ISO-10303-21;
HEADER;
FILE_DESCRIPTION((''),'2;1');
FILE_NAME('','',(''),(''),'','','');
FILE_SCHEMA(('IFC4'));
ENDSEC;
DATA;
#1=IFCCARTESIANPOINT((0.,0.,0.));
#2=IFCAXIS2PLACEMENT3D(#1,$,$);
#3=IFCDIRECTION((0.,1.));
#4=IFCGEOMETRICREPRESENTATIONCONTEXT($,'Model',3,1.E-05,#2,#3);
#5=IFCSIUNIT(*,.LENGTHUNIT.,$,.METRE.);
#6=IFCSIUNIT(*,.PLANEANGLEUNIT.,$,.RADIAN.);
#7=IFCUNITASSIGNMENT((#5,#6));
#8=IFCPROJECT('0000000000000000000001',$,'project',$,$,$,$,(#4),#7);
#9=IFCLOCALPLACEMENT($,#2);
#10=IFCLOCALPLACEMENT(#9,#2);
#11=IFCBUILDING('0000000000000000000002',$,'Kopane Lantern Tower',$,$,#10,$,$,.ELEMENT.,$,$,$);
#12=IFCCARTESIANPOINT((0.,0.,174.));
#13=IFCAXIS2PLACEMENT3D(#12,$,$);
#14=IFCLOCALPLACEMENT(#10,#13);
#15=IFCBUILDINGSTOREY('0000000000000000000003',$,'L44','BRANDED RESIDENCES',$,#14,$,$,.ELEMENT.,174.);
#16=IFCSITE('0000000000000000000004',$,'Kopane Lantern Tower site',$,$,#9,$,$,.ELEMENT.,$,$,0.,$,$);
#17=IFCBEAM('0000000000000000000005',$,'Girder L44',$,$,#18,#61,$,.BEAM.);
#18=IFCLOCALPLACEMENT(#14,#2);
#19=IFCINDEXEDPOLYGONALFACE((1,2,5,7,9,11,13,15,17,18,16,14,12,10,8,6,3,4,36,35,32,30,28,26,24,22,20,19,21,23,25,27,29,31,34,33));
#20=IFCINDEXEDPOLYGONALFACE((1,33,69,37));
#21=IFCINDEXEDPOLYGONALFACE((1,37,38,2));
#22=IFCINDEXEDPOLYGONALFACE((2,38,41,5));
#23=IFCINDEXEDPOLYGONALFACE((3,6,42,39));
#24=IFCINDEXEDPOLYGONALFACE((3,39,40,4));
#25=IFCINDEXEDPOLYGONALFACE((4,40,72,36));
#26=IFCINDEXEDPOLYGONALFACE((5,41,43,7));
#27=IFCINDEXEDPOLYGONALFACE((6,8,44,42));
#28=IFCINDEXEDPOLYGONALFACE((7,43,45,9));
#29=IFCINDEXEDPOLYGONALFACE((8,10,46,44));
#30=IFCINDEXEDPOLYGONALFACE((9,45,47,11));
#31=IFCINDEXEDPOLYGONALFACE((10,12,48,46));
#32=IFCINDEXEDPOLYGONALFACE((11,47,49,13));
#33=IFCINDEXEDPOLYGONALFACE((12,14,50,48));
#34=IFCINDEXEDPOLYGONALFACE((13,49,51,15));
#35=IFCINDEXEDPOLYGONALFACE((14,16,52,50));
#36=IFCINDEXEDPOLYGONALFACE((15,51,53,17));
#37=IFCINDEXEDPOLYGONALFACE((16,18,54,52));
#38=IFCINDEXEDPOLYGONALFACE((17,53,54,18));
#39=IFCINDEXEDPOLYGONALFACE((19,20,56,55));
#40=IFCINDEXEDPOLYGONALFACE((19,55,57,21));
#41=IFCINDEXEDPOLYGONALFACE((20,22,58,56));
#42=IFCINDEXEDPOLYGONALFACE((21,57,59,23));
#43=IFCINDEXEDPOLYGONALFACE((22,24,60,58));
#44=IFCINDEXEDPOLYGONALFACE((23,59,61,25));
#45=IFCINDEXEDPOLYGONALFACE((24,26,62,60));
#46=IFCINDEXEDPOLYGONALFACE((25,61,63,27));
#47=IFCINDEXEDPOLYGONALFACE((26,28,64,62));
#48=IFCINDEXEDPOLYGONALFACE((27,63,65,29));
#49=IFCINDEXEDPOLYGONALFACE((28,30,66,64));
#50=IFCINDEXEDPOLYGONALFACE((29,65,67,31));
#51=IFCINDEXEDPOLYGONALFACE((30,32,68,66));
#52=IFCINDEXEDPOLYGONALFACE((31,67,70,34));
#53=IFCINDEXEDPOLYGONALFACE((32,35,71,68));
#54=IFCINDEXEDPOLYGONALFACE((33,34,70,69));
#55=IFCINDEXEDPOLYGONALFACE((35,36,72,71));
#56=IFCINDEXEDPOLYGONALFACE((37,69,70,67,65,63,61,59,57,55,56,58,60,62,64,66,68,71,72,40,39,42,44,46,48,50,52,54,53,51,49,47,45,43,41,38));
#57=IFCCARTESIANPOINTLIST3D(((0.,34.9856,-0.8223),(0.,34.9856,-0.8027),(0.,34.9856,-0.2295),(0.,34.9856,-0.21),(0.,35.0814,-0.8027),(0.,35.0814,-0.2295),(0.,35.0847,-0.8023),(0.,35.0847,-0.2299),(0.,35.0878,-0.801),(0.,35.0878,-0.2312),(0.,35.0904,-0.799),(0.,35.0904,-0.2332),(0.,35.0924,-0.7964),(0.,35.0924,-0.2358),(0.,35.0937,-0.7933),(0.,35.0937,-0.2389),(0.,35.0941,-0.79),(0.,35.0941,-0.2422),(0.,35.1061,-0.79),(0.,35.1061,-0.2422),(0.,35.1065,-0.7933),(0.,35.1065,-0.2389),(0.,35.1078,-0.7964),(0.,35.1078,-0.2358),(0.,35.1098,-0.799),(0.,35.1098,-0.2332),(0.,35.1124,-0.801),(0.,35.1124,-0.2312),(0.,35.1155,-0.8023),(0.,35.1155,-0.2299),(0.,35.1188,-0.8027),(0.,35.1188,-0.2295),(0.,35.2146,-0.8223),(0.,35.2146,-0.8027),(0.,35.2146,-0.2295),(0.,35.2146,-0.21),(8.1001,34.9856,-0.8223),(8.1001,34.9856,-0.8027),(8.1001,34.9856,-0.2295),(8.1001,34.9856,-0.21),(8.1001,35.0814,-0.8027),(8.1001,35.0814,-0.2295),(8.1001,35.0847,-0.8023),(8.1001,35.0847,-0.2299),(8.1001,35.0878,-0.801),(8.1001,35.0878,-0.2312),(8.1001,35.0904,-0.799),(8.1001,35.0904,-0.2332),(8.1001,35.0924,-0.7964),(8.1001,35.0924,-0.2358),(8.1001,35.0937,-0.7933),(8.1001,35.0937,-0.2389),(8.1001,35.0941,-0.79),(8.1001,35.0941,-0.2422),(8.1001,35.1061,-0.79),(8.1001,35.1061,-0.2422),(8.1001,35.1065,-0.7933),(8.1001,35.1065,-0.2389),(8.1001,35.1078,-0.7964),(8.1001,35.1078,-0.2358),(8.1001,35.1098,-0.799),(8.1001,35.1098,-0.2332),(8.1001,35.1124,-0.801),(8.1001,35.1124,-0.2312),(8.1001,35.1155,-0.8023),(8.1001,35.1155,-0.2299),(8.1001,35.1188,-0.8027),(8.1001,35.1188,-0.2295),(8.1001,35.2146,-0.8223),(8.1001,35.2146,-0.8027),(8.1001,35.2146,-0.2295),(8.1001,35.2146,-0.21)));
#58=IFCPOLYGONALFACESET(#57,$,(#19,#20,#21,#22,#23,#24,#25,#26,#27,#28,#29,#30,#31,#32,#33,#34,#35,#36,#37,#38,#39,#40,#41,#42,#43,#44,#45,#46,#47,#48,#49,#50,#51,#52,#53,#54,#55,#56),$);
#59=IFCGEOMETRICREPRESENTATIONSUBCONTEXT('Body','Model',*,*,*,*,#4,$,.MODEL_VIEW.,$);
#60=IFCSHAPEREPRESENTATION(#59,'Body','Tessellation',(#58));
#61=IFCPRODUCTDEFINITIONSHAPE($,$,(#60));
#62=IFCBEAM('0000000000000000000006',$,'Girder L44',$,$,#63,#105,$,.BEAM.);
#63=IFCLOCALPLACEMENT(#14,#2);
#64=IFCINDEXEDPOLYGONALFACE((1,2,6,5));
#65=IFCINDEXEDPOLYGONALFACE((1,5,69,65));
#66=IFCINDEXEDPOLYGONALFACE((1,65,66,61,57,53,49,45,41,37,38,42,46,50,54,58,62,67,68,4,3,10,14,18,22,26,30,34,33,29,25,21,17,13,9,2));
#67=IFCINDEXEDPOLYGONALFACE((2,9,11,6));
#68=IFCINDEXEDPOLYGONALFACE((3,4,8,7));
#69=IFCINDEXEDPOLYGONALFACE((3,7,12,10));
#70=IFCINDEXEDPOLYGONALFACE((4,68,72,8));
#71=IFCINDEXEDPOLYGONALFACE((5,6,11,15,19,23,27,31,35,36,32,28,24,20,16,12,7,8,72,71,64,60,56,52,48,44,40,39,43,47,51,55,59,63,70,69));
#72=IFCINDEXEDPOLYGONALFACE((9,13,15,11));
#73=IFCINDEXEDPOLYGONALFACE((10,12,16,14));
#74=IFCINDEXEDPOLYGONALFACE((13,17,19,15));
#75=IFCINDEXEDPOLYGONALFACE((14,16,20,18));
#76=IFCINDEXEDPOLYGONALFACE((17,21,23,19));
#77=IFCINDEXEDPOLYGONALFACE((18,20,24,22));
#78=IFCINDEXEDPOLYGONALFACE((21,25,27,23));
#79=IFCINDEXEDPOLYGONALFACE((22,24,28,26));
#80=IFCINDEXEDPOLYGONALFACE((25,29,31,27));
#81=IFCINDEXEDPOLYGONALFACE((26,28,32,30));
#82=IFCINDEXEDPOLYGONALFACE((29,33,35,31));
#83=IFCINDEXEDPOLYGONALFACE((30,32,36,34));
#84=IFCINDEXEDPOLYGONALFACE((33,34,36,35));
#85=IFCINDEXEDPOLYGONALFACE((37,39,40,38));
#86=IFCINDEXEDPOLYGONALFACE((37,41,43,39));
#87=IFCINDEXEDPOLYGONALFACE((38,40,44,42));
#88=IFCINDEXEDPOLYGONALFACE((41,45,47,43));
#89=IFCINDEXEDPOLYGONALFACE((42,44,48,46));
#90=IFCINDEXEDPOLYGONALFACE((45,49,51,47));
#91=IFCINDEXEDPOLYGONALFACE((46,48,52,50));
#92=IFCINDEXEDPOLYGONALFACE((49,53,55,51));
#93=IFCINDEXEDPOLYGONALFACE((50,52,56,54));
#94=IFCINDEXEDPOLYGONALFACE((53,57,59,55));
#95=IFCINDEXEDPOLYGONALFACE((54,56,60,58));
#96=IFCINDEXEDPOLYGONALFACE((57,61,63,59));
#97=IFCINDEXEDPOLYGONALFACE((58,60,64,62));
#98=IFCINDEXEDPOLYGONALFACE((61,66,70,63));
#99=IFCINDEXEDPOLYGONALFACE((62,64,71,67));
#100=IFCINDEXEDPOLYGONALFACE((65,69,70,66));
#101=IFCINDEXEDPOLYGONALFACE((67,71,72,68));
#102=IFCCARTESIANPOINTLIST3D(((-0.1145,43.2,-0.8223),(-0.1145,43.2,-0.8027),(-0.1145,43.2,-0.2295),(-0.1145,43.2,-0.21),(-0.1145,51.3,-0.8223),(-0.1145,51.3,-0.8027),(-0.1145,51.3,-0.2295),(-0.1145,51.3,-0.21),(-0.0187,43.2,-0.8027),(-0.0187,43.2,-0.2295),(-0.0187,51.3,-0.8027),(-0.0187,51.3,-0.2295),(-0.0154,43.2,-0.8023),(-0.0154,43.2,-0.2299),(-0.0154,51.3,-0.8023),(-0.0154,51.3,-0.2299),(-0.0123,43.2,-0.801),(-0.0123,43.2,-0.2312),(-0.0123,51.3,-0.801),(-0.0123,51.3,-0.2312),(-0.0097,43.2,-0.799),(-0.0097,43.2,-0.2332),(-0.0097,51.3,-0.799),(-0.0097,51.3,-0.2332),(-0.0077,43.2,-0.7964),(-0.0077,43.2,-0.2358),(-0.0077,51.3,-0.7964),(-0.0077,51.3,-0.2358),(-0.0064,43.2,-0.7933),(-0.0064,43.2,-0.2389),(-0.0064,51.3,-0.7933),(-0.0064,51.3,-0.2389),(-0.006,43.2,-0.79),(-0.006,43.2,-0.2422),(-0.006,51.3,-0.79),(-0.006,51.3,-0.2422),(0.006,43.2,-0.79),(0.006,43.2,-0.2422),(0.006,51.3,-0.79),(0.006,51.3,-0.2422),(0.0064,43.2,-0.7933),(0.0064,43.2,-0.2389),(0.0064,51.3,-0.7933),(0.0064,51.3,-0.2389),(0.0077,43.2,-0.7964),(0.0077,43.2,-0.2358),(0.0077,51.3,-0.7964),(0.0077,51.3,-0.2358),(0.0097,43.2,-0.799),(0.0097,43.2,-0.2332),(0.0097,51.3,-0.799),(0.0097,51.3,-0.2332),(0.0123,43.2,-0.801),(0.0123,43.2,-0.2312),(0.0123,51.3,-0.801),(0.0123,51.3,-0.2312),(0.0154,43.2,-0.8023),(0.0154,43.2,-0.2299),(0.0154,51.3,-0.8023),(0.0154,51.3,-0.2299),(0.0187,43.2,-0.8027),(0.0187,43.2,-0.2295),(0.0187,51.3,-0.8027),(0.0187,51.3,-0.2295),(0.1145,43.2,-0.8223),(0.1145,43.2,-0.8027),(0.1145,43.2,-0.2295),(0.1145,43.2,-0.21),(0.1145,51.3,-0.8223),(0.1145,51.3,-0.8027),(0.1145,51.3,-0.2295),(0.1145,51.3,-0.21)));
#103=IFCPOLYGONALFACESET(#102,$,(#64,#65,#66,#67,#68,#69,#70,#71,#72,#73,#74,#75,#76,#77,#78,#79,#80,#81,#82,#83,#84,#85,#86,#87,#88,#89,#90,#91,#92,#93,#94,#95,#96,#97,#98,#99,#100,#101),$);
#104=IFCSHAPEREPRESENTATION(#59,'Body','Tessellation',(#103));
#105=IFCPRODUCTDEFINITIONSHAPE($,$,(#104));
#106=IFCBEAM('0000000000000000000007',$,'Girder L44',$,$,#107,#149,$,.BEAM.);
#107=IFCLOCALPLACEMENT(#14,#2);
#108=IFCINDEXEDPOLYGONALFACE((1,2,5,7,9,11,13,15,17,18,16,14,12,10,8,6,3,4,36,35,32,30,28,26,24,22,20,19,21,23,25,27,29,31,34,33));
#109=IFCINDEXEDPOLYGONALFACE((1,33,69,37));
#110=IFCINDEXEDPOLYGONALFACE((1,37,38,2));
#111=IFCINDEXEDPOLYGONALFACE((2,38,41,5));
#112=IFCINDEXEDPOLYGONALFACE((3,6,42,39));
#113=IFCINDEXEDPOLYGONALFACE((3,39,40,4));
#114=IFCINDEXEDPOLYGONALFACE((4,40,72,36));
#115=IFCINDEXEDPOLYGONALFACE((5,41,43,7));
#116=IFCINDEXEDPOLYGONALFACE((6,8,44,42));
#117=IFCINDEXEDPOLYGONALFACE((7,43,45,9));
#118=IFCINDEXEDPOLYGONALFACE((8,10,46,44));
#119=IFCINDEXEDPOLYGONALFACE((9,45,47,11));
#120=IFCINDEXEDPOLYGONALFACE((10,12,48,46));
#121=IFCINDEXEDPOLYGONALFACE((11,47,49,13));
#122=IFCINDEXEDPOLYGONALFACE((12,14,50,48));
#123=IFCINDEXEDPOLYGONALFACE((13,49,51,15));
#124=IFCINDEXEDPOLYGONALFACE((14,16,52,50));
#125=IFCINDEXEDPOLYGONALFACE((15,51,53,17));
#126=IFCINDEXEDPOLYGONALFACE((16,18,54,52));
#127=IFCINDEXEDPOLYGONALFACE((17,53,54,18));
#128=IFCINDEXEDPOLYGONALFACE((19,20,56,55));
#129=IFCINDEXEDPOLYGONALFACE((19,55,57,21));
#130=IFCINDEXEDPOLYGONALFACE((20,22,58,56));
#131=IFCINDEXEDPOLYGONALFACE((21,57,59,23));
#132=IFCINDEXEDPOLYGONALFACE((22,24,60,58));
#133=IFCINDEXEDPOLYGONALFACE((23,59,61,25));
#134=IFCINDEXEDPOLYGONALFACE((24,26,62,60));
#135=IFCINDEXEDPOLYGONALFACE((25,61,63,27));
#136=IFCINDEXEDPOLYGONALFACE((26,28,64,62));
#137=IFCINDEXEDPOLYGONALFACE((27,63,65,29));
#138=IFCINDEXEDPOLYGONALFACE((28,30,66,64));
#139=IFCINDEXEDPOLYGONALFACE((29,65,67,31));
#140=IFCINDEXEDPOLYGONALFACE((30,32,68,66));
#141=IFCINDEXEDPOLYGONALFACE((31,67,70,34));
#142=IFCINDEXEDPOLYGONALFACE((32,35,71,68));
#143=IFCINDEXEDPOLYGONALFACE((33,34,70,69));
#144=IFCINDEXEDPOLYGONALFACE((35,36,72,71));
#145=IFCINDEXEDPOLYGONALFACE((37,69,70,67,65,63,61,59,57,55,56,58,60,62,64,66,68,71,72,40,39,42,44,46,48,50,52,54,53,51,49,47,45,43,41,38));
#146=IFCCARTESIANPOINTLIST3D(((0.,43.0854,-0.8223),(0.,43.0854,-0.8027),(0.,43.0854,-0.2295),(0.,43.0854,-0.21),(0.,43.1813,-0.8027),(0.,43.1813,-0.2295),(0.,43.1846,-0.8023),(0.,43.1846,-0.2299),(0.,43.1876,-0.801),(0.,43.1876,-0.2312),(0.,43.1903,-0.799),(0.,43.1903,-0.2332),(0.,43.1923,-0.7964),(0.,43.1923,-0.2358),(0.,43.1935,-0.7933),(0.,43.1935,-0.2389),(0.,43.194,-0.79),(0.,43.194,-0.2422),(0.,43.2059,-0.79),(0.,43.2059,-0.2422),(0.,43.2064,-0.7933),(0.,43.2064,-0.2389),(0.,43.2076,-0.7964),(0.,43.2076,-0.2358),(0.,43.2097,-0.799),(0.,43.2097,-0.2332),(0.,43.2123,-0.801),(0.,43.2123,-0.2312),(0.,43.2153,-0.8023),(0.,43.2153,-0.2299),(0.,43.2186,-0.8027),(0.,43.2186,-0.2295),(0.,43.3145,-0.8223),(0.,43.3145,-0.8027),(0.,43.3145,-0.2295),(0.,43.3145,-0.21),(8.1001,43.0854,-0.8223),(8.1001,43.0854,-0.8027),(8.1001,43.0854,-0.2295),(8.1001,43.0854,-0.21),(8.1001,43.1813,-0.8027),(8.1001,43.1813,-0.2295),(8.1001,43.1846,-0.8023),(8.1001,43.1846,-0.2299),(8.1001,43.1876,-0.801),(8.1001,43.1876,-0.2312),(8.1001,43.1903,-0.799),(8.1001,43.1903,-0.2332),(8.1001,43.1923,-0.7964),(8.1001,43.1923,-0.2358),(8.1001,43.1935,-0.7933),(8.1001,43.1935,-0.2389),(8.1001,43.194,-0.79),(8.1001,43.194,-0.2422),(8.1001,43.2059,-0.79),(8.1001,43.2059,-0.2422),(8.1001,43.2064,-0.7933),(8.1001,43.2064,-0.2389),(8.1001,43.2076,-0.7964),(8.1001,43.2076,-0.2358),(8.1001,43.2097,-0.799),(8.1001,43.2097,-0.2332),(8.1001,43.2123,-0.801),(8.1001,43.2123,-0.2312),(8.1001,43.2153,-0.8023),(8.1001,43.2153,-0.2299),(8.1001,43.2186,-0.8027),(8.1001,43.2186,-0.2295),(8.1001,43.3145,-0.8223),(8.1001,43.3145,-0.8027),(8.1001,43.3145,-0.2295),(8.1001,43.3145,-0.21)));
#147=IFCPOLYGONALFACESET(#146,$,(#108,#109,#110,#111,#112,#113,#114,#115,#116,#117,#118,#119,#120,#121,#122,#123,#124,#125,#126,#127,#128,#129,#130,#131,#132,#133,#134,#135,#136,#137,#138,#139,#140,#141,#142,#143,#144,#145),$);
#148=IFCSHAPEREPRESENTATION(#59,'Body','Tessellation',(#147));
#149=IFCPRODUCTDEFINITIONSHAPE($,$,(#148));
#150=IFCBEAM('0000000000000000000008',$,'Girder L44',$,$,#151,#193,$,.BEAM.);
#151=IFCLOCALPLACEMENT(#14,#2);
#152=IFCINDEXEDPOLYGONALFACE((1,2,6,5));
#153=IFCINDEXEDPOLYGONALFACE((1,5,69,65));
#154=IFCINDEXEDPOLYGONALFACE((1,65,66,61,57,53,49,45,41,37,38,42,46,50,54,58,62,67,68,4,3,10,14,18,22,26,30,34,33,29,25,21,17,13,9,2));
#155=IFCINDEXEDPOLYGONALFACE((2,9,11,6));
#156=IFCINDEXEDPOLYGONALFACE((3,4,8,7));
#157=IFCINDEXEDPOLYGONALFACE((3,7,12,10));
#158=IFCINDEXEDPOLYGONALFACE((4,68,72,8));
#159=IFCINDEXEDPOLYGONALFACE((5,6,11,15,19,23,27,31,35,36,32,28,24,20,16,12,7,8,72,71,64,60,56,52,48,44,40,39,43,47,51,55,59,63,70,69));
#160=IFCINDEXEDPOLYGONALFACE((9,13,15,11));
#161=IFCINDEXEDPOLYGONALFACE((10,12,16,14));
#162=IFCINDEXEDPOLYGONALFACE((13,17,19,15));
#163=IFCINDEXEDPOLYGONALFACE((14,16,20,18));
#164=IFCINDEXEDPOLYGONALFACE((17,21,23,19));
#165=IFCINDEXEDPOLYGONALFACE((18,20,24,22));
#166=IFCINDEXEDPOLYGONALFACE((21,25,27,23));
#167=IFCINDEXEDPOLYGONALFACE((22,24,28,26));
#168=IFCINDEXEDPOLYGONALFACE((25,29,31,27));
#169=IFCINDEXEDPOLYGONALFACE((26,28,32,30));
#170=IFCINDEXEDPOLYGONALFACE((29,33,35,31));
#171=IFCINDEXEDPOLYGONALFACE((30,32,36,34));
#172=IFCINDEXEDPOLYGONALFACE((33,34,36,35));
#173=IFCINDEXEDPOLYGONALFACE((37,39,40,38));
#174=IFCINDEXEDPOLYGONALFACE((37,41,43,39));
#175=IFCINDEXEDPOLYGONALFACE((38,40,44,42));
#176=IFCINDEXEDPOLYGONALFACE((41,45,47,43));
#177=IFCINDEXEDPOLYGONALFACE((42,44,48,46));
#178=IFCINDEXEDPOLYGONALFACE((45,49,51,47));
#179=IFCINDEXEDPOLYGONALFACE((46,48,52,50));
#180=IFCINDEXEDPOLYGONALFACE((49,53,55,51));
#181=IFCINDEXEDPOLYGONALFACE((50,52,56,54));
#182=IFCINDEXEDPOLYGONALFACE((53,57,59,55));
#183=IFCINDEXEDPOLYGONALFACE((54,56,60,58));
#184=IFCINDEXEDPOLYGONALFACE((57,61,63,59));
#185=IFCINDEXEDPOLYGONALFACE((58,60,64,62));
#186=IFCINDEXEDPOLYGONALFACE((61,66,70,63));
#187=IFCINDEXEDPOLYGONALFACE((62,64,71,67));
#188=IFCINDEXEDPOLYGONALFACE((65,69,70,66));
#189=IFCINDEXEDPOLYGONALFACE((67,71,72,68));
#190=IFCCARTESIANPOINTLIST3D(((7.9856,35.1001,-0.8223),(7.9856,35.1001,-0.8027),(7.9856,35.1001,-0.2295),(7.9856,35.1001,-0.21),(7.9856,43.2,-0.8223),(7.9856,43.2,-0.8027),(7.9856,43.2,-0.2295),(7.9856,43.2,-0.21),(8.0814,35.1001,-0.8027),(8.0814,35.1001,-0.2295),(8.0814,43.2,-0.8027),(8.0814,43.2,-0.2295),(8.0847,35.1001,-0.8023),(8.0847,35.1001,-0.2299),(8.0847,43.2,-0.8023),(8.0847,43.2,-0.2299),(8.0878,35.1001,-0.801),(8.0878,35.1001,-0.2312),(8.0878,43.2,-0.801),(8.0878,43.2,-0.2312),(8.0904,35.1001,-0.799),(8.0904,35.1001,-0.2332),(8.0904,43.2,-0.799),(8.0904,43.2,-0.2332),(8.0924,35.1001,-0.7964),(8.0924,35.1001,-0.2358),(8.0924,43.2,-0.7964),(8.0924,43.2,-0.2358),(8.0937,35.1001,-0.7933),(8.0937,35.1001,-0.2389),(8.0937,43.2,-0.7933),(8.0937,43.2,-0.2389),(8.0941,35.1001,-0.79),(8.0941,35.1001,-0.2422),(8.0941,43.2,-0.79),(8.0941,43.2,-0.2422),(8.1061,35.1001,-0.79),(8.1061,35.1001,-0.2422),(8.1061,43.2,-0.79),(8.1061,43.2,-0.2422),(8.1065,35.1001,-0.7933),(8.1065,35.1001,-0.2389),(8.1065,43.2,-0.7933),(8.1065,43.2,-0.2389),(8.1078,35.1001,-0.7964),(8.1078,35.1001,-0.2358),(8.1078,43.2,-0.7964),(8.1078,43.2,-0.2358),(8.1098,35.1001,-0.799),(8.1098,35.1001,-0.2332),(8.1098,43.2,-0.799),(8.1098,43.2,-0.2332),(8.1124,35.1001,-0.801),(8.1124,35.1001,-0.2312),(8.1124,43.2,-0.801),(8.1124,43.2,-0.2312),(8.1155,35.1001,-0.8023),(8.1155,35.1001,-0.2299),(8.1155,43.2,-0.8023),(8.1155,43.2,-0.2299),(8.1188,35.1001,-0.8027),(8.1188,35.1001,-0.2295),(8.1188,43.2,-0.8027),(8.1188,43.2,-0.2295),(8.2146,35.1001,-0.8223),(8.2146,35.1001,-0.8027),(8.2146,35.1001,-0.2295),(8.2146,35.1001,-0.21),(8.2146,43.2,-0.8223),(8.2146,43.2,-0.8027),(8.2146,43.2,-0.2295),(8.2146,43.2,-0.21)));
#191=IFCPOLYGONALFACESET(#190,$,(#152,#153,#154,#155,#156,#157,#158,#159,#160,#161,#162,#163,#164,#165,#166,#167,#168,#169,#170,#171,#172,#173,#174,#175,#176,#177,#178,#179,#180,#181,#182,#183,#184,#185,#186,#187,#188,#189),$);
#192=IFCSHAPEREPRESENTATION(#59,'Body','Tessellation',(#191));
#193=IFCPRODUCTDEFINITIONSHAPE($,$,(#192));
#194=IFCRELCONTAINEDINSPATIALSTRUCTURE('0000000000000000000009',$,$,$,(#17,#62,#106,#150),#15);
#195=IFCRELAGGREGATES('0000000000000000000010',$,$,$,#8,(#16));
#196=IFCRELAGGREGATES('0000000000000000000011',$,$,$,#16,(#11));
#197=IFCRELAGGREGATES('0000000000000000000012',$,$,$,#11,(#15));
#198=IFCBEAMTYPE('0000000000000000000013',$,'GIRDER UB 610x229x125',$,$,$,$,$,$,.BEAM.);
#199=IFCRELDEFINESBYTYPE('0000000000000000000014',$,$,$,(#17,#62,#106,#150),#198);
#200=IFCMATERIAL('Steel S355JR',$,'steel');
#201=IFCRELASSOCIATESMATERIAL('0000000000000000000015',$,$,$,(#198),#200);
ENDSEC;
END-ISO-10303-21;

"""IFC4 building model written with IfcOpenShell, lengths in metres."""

from ifc_helpers import new_model, si_unit, direction, frame, origin, origin_2d, place, context, subcontext, project, spatial, i_section, extrude, material, material_profile, profile_set, type_object, element, save


model = new_model("IFC4")

# Units and contexts
model_context = context("Model", 3, precision=1e-05, world=origin(), true_north=direction((0.0, 1.0)))
body_context = subcontext(model_context, "Body", "Model", "MODEL_VIEW")
ifc_project = project(units=[si_unit("LENGTHUNIT", "METRE"), si_unit("PLANEANGLEUNIT", "RADIAN")], contexts=[model_context])

# Site, building, storey
site_placement = place(None, origin())
site = spatial("IfcSite", under=ifc_project, at=site_placement, Name="Kopane Lantern Tower site", CompositionType="ELEMENT", RefElevation=0.0)
building_placement = place(site_placement, origin())
building = spatial("IfcBuilding", under=site, at=building_placement, Name="Kopane Lantern Tower", CompositionType="ELEMENT")
storey_placement = place(building_placement, frame((0.0, 0.0, 174.0)))
storey = spatial("IfcBuildingStorey", under=building, at=storey_placement, Name="L44", Description="BRANDED RESIDENCES", CompositionType="ELEMENT", Elevation=174.0)

# Beams
ifc_material_1 = material(Name="Steel S355JR", Category="steel")
ifc_material_profile_1 = material_profile(ifc_material_1, i_section(OverallWidth=0.229, OverallDepth=0.6123, WebThickness=0.012, FlangeThickness=0.0195, FilletRadius=0.0127, at=origin_2d()), Name="UB 610x229x125")
ifc_profile_set_1 = profile_set([ifc_material_profile_1], Name="Steel S355JR")
beam_type = type_object("IfcBeamType", Name="GIRDER UB 610x229x125", PredefinedType="BEAM", material=ifc_profile_set_1)
for number, where, z_axis, x_axis, name in (
    (1, (0.0, 35.1001, -0.5161), (1.0, 0.0, 0.0), (0.0, 1.0, 0.0), "Girder L44"),
    (2, (0.0, 43.2, -0.5161), (0.0, 1.0, 0.0), (-1.0, 0.0, 0.0), "Girder L44"),
    (3, (0.0, 43.2, -0.5161), (1.0, 0.0, 0.0), (0.0, 1.0, 0.0), "Girder L44"),
):
    element("IfcBeam", number, at=place(storey_placement, frame(where, z_axis=z_axis, x_axis=x_axis)), inside=storey, type_object=beam_type, Name=name, PredefinedType="BEAM", context=body_context, shape_type="SweptSolid", body=[
        extrude(i_section(OverallWidth=0.229, OverallDepth=0.6123, WebThickness=0.012, FlangeThickness=0.0195, FilletRadius=0.0127, at=origin_2d()), origin(), (0.0, 0.0, 1.0), 8.1001),
    ])
for number, where, z_axis, x_axis, name in (
    (4, (8.1001, 35.1001, -0.5161), (0.0, 1.0, 0.0), (-1.0, 0.0, 0.0), "Girder L44"),
):
    element("IfcBeam", number, at=place(storey_placement, frame(where, z_axis=z_axis, x_axis=x_axis)), inside=storey, type_object=beam_type, Name=name, PredefinedType="BEAM", context=body_context, shape_type="SweptSolid", body=[
        extrude(i_section(OverallWidth=0.229, OverallDepth=0.6123, WebThickness=0.012, FlangeThickness=0.0195, FilletRadius=0.0127, at=origin_2d()), origin(), (0.0, 0.0, 1.0), 8.0999),
    ])

save(model, "model.ifc")
